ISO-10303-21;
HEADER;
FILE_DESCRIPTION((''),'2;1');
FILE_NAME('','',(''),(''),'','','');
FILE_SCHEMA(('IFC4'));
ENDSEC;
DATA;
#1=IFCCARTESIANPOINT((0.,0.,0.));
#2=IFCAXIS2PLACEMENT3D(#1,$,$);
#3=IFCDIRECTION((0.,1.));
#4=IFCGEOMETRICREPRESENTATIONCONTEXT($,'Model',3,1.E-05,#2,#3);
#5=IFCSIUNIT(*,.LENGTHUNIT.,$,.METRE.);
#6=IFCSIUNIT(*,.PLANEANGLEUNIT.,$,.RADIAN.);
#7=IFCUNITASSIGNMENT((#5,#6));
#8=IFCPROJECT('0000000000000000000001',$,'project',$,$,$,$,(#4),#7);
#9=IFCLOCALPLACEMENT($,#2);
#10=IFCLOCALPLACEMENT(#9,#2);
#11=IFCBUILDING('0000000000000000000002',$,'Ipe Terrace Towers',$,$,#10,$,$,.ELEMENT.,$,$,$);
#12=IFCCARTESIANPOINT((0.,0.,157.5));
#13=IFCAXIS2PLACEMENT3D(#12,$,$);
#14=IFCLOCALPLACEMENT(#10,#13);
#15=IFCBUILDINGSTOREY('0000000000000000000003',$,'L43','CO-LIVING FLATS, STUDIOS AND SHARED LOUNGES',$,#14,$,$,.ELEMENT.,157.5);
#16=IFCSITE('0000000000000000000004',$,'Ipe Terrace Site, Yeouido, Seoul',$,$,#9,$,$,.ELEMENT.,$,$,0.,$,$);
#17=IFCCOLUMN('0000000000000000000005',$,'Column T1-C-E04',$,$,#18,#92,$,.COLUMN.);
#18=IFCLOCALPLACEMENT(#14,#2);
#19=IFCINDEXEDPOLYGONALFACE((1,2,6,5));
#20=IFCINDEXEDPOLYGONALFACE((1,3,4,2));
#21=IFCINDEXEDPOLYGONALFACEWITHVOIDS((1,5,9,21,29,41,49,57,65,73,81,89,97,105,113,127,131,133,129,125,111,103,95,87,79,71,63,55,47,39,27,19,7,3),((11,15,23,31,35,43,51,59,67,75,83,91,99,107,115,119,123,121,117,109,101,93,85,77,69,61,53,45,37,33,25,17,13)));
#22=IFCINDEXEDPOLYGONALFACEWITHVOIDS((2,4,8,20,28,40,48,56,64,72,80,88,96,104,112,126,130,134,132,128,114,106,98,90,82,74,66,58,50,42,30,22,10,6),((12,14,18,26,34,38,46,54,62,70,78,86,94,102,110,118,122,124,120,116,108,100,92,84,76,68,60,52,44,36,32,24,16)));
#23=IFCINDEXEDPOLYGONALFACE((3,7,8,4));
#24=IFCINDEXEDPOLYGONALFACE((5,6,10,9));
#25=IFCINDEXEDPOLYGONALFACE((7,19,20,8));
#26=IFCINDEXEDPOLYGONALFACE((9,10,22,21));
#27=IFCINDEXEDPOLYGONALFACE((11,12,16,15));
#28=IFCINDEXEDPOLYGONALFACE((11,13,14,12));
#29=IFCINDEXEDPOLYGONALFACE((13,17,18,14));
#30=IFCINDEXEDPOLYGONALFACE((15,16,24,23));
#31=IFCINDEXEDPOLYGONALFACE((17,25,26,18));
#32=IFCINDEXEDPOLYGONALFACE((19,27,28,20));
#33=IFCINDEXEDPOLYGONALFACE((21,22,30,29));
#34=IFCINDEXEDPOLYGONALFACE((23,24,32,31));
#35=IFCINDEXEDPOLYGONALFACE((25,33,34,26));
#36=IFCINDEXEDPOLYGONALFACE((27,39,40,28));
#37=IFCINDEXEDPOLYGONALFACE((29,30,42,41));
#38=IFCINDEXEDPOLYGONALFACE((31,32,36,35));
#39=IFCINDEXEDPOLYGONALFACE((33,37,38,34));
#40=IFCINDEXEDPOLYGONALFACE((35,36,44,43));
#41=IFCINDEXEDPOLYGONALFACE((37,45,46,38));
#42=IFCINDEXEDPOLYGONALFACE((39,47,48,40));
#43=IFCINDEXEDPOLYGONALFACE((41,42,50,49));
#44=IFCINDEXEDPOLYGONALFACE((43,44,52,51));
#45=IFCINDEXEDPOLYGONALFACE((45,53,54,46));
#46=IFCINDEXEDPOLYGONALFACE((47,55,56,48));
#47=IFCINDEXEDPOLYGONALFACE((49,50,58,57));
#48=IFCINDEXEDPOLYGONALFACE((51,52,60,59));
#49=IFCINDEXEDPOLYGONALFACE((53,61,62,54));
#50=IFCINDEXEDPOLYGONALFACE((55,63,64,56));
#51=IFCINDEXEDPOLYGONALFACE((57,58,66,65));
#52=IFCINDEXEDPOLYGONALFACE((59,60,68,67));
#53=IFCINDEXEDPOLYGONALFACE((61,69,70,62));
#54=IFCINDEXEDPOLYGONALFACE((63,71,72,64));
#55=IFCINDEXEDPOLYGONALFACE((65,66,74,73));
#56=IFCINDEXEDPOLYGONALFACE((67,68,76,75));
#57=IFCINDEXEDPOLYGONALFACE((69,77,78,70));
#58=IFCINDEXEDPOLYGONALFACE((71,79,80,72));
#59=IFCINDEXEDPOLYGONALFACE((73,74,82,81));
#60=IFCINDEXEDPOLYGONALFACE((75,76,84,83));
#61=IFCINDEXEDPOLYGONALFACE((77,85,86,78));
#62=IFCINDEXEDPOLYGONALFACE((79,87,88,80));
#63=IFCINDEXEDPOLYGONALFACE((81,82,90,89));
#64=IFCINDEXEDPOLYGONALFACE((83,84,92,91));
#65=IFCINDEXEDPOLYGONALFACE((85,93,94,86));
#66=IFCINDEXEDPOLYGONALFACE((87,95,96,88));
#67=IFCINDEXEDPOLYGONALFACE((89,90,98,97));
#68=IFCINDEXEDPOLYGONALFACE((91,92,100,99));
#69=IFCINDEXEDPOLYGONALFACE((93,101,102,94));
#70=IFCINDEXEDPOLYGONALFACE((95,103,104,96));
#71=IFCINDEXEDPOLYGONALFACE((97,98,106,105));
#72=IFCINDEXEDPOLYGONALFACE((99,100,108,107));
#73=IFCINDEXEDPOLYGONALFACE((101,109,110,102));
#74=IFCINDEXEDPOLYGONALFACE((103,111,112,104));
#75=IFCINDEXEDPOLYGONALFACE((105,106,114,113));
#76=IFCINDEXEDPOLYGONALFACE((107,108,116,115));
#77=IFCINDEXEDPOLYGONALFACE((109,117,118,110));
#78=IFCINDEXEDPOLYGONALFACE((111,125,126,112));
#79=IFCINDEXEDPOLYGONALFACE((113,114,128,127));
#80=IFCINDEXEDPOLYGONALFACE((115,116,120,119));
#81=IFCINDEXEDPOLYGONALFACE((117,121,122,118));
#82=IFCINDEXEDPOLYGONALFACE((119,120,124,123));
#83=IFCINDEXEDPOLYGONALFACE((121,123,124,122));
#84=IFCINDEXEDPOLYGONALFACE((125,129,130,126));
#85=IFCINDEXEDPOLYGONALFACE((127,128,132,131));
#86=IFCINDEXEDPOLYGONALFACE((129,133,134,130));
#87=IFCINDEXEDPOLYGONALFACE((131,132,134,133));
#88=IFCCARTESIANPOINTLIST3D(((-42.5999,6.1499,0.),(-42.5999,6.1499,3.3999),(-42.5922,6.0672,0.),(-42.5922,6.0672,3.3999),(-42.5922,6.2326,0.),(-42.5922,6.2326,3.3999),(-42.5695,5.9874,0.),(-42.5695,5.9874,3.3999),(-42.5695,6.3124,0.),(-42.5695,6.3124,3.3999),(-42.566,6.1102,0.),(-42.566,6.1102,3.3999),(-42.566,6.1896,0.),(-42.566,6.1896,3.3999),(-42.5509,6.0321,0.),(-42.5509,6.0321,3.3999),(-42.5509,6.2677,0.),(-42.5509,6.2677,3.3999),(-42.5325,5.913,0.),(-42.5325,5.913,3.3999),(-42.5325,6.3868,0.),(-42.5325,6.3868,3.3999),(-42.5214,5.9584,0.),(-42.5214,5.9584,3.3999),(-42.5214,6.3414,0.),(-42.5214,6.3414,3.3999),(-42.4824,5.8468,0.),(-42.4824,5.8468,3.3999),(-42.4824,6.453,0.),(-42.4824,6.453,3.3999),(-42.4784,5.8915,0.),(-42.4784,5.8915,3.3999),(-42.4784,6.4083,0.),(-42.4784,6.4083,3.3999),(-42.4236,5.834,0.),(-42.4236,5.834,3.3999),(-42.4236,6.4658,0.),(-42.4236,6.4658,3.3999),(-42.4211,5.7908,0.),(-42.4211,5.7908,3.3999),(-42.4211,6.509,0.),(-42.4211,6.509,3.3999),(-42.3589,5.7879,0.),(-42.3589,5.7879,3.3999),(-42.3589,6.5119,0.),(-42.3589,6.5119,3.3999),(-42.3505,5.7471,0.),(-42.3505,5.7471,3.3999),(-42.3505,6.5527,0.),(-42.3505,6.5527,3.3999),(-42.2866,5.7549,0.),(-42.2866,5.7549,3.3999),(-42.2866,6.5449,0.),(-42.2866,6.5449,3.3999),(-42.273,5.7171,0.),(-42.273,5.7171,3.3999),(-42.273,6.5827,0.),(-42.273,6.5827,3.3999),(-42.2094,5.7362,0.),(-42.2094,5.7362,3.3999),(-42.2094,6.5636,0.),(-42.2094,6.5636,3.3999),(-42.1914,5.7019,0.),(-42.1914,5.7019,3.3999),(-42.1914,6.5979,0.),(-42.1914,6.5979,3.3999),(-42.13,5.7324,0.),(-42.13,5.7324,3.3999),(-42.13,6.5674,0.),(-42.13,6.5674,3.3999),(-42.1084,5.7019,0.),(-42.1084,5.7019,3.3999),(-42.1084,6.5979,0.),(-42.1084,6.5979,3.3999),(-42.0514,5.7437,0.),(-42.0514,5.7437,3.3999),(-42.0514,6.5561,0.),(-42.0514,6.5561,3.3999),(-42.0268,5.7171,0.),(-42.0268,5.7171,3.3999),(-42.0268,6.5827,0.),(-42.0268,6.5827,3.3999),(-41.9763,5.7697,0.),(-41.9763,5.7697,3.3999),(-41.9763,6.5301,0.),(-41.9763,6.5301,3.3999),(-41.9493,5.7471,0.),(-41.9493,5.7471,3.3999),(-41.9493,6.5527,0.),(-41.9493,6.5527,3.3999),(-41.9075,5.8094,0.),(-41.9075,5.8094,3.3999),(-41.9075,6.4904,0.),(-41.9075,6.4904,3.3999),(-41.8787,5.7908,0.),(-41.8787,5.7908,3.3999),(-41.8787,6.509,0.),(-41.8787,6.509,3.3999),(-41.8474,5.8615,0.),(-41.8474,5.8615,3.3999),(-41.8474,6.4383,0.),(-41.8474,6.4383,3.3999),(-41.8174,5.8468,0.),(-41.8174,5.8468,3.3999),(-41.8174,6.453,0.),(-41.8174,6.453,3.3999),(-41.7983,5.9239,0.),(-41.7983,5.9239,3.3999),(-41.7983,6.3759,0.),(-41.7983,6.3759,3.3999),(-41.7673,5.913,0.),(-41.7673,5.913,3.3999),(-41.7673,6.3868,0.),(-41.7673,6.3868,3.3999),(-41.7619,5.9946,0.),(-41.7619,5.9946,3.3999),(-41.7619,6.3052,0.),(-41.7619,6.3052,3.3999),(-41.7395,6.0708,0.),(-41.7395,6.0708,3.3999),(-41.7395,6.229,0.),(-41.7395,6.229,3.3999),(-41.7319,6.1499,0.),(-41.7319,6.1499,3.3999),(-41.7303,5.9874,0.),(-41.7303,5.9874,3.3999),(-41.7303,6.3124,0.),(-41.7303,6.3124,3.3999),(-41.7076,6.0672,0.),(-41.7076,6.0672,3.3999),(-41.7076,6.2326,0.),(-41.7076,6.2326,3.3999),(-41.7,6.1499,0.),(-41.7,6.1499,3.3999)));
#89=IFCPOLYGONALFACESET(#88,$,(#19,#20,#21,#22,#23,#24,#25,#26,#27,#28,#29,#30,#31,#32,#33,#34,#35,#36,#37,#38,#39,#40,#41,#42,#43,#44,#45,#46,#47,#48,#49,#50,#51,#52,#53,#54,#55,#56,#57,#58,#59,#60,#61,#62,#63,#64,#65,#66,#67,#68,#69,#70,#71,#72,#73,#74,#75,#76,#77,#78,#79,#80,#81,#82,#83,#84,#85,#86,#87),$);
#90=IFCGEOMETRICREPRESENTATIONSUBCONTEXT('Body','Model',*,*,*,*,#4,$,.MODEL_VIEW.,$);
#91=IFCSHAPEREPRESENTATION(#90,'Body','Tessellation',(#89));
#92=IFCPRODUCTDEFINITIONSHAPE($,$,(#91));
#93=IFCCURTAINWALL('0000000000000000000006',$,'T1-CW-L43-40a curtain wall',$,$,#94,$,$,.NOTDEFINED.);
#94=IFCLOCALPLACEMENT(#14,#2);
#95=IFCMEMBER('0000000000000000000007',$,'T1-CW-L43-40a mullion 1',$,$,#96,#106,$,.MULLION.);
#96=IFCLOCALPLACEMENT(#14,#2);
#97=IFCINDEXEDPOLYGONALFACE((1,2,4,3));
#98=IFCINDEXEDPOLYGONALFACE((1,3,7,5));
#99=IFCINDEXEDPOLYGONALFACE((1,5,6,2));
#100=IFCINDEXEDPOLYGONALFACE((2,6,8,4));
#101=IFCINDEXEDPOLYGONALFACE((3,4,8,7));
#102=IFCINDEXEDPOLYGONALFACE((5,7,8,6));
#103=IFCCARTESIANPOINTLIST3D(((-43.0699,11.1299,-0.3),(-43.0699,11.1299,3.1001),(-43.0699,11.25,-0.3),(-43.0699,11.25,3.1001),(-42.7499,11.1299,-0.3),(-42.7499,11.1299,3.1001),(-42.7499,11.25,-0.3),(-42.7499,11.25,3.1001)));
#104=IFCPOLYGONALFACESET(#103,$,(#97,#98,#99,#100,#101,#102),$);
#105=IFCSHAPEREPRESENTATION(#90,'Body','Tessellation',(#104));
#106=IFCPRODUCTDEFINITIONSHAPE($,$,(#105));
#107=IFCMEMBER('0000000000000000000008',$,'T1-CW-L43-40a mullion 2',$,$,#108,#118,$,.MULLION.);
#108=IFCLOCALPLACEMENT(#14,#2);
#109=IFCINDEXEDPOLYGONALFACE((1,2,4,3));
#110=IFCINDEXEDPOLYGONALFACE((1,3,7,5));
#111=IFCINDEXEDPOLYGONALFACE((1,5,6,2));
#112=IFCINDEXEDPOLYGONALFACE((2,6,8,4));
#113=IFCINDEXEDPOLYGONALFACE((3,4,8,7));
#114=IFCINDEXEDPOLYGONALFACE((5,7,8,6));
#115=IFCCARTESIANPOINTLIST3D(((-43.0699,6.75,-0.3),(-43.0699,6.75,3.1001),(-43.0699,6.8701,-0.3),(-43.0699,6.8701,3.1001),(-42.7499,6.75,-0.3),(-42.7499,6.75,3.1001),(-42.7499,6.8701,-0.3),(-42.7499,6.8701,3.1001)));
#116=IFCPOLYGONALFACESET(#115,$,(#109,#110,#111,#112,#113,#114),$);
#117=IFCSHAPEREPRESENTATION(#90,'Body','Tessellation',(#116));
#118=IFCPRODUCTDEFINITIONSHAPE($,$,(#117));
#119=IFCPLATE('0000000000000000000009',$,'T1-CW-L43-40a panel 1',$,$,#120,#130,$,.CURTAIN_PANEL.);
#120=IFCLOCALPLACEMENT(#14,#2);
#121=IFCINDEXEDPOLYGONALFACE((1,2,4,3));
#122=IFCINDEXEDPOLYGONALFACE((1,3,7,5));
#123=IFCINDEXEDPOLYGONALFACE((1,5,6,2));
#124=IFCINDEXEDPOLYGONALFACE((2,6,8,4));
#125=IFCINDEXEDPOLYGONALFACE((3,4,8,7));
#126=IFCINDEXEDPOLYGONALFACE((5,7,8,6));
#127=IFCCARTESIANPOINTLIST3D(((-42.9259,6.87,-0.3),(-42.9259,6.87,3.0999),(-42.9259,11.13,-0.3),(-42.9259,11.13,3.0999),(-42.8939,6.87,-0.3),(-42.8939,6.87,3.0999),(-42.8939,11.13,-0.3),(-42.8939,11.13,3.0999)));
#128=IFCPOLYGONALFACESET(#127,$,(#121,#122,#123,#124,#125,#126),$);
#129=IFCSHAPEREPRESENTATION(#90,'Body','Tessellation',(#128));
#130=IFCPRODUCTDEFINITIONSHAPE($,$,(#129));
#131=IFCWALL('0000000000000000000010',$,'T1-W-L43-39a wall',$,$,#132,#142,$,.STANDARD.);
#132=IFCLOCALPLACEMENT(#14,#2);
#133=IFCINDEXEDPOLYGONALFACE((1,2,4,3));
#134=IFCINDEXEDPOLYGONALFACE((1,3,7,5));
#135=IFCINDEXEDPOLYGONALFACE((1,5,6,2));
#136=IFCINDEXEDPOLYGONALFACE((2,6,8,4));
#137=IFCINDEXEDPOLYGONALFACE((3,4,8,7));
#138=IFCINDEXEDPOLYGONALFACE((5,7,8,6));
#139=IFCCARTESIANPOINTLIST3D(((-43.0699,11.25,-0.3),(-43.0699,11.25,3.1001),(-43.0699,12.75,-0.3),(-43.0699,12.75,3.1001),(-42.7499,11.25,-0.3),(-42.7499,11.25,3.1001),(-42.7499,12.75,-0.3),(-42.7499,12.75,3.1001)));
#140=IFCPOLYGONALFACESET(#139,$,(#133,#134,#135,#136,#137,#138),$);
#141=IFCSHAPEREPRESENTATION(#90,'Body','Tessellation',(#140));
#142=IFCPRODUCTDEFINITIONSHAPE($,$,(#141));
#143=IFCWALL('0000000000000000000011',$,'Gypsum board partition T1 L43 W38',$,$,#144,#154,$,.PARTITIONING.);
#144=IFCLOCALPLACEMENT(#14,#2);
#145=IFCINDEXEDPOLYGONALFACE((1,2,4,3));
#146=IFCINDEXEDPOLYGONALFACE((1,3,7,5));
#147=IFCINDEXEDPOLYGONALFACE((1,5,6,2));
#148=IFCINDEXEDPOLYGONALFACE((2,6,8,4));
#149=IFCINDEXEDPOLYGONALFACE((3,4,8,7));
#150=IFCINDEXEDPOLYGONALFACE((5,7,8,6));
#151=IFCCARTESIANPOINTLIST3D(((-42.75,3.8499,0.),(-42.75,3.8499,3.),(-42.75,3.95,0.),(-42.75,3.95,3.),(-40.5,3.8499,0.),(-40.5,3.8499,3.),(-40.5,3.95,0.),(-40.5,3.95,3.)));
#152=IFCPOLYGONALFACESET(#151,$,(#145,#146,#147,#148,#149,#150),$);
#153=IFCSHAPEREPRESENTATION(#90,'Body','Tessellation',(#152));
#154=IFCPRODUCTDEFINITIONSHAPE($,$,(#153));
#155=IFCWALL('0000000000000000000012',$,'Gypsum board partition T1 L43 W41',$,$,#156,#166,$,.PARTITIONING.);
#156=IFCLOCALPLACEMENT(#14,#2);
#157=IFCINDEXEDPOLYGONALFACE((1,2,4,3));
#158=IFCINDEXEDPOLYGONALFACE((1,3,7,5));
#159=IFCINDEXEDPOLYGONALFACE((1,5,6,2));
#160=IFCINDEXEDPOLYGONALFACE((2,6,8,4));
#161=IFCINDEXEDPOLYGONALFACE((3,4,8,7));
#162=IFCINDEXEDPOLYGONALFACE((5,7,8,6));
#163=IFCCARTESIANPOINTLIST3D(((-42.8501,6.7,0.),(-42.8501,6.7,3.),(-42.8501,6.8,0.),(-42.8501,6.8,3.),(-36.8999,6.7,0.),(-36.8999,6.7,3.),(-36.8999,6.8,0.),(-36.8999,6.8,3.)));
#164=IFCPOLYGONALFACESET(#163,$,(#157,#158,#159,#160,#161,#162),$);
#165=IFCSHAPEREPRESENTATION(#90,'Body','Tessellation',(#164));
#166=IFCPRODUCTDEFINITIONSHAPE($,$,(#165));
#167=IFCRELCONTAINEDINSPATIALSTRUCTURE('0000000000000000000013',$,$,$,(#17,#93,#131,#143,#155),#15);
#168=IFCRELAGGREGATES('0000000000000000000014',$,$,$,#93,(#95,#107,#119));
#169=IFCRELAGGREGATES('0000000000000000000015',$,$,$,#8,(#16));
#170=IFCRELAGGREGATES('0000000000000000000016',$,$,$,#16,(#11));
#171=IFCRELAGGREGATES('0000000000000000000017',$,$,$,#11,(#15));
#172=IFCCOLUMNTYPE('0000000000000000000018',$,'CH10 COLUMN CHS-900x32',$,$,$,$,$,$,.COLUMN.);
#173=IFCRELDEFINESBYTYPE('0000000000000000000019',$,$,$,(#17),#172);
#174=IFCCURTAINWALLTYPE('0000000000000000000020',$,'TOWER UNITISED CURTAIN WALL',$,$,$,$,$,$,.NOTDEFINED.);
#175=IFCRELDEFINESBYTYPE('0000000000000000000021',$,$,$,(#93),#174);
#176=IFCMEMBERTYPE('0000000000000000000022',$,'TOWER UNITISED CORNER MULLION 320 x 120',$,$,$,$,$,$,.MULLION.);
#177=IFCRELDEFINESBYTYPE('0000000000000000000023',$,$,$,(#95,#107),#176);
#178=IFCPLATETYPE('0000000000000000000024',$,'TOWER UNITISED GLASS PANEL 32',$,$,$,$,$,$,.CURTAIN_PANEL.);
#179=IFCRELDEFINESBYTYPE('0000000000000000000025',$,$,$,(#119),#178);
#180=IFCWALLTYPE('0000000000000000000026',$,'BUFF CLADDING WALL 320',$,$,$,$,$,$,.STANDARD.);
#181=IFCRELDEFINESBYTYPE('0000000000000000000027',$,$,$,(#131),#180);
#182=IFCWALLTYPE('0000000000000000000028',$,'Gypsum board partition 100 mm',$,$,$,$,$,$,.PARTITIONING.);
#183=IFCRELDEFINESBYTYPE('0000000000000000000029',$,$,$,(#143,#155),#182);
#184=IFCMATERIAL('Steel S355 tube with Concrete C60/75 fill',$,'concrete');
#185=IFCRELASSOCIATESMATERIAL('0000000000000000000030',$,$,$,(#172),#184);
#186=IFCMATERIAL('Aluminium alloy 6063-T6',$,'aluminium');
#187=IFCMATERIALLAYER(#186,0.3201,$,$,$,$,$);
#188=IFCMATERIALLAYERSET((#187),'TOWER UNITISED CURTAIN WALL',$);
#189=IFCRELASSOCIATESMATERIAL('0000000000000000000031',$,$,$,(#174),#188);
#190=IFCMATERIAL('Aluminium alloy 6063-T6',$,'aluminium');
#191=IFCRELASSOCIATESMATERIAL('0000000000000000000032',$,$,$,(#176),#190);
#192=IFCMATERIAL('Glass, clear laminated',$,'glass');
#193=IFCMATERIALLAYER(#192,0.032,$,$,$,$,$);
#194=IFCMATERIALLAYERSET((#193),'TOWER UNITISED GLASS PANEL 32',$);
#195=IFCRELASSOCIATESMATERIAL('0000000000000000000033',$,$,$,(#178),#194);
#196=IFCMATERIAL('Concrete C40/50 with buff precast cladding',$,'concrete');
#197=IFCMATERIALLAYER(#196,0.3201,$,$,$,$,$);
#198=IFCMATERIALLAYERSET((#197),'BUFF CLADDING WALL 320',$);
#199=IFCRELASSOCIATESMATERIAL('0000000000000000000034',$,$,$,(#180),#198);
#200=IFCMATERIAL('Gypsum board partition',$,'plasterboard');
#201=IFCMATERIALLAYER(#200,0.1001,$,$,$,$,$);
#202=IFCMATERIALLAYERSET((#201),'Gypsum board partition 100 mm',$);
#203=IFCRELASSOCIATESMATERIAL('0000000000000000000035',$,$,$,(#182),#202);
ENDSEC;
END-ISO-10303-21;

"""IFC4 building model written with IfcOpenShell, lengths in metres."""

from ifc_helpers import new_model, si_unit, direction, frame, frame_2d, origin, origin_2d, place, context, subcontext, project, spatial, rectangle, hollow_circle, extrude, material, layer, layer_set, material_profile, profile_set, type_object, element, aggregate, save


model = new_model("IFC4")

# Units and contexts
model_context = context("Model", 3, precision=1e-05, world=origin(), true_north=direction((0.0, 1.0)))
body_context = subcontext(model_context, "Body", "Model", "MODEL_VIEW")
ifc_project = project(units=[si_unit("LENGTHUNIT", "METRE"), si_unit("PLANEANGLEUNIT", "RADIAN")], contexts=[model_context])

# Site, building, storey
site_placement = place(None, origin())
site = spatial("IfcSite", under=ifc_project, at=site_placement, Name="Ipe Terrace Site, Yeouido, Seoul", CompositionType="ELEMENT", RefElevation=0.0)
building_placement = place(site_placement, origin())
building = spatial("IfcBuilding", under=site, at=building_placement, Name="Ipe Terrace Towers", CompositionType="ELEMENT")
storey_placement = place(building_placement, frame((0.0, 0.0, 157.5)))
storey = spatial("IfcBuildingStorey", under=building, at=storey_placement, Name="L43", Description="CO-LIVING FLATS, STUDIOS AND SHARED LOUNGES", CompositionType="ELEMENT", Elevation=157.5)

# Column
ifc_material_1 = material(Name="Steel S355 tube with Concrete C60/75 fill", Category="concrete")
ifc_material_profile_1 = material_profile(ifc_material_1, hollow_circle(Radius=0.45, WallThickness=0.032, at=origin_2d()), Name="CHS-900x32")
ifc_profile_set_1 = profile_set([ifc_material_profile_1], Name="Steel S355 tube with Concrete C60/75 fill")
column_type = type_object("IfcColumnType", Name="CH10 COLUMN CHS-900x32", PredefinedType="COLUMN", material=ifc_profile_set_1)
column_placement = place(storey_placement, frame((-42.1499, 6.1499, 0.0), z_axis=(0.0, 0.0, 1.0), x_axis=(1.0, 0.0, 0.0)))
element("IfcColumn", 1, at=column_placement, inside=storey, type_object=column_type, Name="Column T1-C-E04", PredefinedType="COLUMN", context=body_context, shape_type="SweptSolid", body=[
    extrude(hollow_circle(Radius=0.45, WallThickness=0.032, at=origin_2d()), origin(), (0.0, 0.0, 1.0), 3.3999),
])

# Curtain wall, members, plate
ifc_material_2 = material(Name="Aluminium alloy 6063-T6", Category="aluminium")
ifc_layer_1 = layer(ifc_material_2, 0.3201)
ifc_layer_set_1 = layer_set([ifc_layer_1], Name="TOWER UNITISED CURTAIN WALL")
curtain_wall_type = type_object("IfcCurtainWallType", Name="TOWER UNITISED CURTAIN WALL", PredefinedType="NOTDEFINED", material=ifc_layer_set_1)
curtain_wall_placement = place(storey_placement, origin())
curtain_wall = element("IfcCurtainWall", 2, at=curtain_wall_placement, inside=storey, type_object=curtain_wall_type, Name="T1-CW-L43-40a curtain wall", PredefinedType="NOTDEFINED")
ifc_material_3 = material(Name="Aluminium alloy 6063-T6", Category="aluminium")
ifc_material_profile_2 = material_profile(ifc_material_3, rectangle(XDim=0.3201, YDim=0.1201, at=origin_2d()), Name="TOWER UNITISED CORNER MULLION 320 x 120")
ifc_profile_set_2 = profile_set([ifc_material_profile_2], Name="Aluminium alloy 6063-T6")
member_type = type_object("IfcMemberType", Name="TOWER UNITISED CORNER MULLION 320 x 120", PredefinedType="MULLION", material=ifc_profile_set_2)
member_1_placement = place(storey_placement, frame((-42.9099, 11.1899, -0.3), z_axis=(0.0, 0.0, 1.0), x_axis=(-1.0, 0.0, 0.0)))
member_1 = element("IfcMember", 3, at=member_1_placement, type_object=member_type, Name="T1-CW-L43-40a mullion 1", PredefinedType="MULLION", context=body_context, shape_type="SweptSolid", body=[
    extrude(rectangle(XDim=0.3201, YDim=0.1201, at=origin_2d()), origin(), (0.0, 0.0, 1.0), 3.4001),
])
member_2_placement = place(storey_placement, frame((-42.9099, 6.8101, -0.3), z_axis=(0.0, 0.0, 1.0), x_axis=(-1.0, 0.0, 0.0)))
member_2 = element("IfcMember", 4, at=member_2_placement, type_object=member_type, Name="T1-CW-L43-40a mullion 2", PredefinedType="MULLION", context=body_context, shape_type="SweptSolid", body=[
    extrude(rectangle(XDim=0.3201, YDim=0.1201, at=origin_2d()), origin(), (0.0, 0.0, 1.0), 3.4001),
])
ifc_material_4 = material(Name="Glass, clear laminated", Category="glass")
ifc_layer_2 = layer(ifc_material_4, 0.032)
ifc_layer_set_2 = layer_set([ifc_layer_2], Name="TOWER UNITISED GLASS PANEL 32")
plate_type = type_object("IfcPlateType", Name="TOWER UNITISED GLASS PANEL 32", PredefinedType="CURTAIN_PANEL", material=ifc_layer_set_2)
plate_placement = place(storey_placement, frame((-42.9099, 9.0, -0.3), z_axis=(0.0, 0.0, 1.0), x_axis=(0.0, -1.0, 0.0)))
plate = element("IfcPlate", 5, at=plate_placement, type_object=plate_type, Name="T1-CW-L43-40a panel 1", PredefinedType="CURTAIN_PANEL", context=body_context, shape_type="SweptSolid", body=[
    extrude(rectangle(XDim=4.26, YDim=0.032, at=origin_2d()), origin(), (0.0, 0.0, 1.0), 3.3999),
])
aggregate(curtain_wall, [member_1, member_2, plate])

# Walls
ifc_material_5 = material(Name="Concrete C40/50 with buff precast cladding", Category="concrete")
ifc_layer_3 = layer(ifc_material_5, 0.3201)
ifc_layer_set_3 = layer_set([ifc_layer_3], Name="BUFF CLADDING WALL 320")
wall_type_1 = type_object("IfcWallType", Name="BUFF CLADDING WALL 320", PredefinedType="STANDARD", material=ifc_layer_set_3)
wall_1_placement = place(storey_placement, frame((-42.9099, 12.75, -0.3), z_axis=(0.0, 0.0, 1.0), x_axis=(0.0, -1.0, 0.0)))
element("IfcWall", 6, at=wall_1_placement, inside=storey, type_object=wall_type_1, Name="T1-W-L43-39a wall", PredefinedType="STANDARD", context=body_context, shape_type="SweptSolid", body=[
    extrude(rectangle(XDim=1.5, YDim=0.3201, at=frame_2d((0.75, 0.0))), origin(), (0.0, 0.0, 1.0), 3.4001),
])
ifc_material_6 = material(Name="Gypsum board partition", Category="plasterboard")
ifc_layer_4 = layer(ifc_material_6, 0.1001)
ifc_layer_set_4 = layer_set([ifc_layer_4], Name="Gypsum board partition 100 mm")
wall_type_2 = type_object("IfcWallType", Name="Gypsum board partition 100 mm", PredefinedType="PARTITIONING", material=ifc_layer_set_4)
wall_2_placement = place(storey_placement, frame((-42.75, 3.8999, 0.0), z_axis=(0.0, 0.0, 1.0), x_axis=(1.0, 0.0, 0.0)))
element("IfcWall", 7, at=wall_2_placement, inside=storey, type_object=wall_type_2, Name="Gypsum board partition T1 L43 W38", PredefinedType="PARTITIONING", context=body_context, shape_type="SweptSolid", body=[
    extrude(rectangle(XDim=2.25, YDim=0.1001, at=frame_2d((1.125, 0.0))), origin(), (0.0, 0.0, 1.0), 3.0),
])
wall_3_placement = place(storey_placement, frame((-42.8501, 6.75, 0.0), z_axis=(0.0, 0.0, 1.0), x_axis=(1.0, 0.0, 0.0)))
element("IfcWall", 8, at=wall_3_placement, inside=storey, type_object=wall_type_2, Name="Gypsum board partition T1 L43 W41", PredefinedType="PARTITIONING", context=body_context, shape_type="SweptSolid", body=[
    extrude(rectangle(XDim=5.9502, YDim=0.1001, at=frame_2d((2.9751, 0.0))), origin(), (0.0, 0.0, 1.0), 3.0),
])

save(model, "model.ifc")
